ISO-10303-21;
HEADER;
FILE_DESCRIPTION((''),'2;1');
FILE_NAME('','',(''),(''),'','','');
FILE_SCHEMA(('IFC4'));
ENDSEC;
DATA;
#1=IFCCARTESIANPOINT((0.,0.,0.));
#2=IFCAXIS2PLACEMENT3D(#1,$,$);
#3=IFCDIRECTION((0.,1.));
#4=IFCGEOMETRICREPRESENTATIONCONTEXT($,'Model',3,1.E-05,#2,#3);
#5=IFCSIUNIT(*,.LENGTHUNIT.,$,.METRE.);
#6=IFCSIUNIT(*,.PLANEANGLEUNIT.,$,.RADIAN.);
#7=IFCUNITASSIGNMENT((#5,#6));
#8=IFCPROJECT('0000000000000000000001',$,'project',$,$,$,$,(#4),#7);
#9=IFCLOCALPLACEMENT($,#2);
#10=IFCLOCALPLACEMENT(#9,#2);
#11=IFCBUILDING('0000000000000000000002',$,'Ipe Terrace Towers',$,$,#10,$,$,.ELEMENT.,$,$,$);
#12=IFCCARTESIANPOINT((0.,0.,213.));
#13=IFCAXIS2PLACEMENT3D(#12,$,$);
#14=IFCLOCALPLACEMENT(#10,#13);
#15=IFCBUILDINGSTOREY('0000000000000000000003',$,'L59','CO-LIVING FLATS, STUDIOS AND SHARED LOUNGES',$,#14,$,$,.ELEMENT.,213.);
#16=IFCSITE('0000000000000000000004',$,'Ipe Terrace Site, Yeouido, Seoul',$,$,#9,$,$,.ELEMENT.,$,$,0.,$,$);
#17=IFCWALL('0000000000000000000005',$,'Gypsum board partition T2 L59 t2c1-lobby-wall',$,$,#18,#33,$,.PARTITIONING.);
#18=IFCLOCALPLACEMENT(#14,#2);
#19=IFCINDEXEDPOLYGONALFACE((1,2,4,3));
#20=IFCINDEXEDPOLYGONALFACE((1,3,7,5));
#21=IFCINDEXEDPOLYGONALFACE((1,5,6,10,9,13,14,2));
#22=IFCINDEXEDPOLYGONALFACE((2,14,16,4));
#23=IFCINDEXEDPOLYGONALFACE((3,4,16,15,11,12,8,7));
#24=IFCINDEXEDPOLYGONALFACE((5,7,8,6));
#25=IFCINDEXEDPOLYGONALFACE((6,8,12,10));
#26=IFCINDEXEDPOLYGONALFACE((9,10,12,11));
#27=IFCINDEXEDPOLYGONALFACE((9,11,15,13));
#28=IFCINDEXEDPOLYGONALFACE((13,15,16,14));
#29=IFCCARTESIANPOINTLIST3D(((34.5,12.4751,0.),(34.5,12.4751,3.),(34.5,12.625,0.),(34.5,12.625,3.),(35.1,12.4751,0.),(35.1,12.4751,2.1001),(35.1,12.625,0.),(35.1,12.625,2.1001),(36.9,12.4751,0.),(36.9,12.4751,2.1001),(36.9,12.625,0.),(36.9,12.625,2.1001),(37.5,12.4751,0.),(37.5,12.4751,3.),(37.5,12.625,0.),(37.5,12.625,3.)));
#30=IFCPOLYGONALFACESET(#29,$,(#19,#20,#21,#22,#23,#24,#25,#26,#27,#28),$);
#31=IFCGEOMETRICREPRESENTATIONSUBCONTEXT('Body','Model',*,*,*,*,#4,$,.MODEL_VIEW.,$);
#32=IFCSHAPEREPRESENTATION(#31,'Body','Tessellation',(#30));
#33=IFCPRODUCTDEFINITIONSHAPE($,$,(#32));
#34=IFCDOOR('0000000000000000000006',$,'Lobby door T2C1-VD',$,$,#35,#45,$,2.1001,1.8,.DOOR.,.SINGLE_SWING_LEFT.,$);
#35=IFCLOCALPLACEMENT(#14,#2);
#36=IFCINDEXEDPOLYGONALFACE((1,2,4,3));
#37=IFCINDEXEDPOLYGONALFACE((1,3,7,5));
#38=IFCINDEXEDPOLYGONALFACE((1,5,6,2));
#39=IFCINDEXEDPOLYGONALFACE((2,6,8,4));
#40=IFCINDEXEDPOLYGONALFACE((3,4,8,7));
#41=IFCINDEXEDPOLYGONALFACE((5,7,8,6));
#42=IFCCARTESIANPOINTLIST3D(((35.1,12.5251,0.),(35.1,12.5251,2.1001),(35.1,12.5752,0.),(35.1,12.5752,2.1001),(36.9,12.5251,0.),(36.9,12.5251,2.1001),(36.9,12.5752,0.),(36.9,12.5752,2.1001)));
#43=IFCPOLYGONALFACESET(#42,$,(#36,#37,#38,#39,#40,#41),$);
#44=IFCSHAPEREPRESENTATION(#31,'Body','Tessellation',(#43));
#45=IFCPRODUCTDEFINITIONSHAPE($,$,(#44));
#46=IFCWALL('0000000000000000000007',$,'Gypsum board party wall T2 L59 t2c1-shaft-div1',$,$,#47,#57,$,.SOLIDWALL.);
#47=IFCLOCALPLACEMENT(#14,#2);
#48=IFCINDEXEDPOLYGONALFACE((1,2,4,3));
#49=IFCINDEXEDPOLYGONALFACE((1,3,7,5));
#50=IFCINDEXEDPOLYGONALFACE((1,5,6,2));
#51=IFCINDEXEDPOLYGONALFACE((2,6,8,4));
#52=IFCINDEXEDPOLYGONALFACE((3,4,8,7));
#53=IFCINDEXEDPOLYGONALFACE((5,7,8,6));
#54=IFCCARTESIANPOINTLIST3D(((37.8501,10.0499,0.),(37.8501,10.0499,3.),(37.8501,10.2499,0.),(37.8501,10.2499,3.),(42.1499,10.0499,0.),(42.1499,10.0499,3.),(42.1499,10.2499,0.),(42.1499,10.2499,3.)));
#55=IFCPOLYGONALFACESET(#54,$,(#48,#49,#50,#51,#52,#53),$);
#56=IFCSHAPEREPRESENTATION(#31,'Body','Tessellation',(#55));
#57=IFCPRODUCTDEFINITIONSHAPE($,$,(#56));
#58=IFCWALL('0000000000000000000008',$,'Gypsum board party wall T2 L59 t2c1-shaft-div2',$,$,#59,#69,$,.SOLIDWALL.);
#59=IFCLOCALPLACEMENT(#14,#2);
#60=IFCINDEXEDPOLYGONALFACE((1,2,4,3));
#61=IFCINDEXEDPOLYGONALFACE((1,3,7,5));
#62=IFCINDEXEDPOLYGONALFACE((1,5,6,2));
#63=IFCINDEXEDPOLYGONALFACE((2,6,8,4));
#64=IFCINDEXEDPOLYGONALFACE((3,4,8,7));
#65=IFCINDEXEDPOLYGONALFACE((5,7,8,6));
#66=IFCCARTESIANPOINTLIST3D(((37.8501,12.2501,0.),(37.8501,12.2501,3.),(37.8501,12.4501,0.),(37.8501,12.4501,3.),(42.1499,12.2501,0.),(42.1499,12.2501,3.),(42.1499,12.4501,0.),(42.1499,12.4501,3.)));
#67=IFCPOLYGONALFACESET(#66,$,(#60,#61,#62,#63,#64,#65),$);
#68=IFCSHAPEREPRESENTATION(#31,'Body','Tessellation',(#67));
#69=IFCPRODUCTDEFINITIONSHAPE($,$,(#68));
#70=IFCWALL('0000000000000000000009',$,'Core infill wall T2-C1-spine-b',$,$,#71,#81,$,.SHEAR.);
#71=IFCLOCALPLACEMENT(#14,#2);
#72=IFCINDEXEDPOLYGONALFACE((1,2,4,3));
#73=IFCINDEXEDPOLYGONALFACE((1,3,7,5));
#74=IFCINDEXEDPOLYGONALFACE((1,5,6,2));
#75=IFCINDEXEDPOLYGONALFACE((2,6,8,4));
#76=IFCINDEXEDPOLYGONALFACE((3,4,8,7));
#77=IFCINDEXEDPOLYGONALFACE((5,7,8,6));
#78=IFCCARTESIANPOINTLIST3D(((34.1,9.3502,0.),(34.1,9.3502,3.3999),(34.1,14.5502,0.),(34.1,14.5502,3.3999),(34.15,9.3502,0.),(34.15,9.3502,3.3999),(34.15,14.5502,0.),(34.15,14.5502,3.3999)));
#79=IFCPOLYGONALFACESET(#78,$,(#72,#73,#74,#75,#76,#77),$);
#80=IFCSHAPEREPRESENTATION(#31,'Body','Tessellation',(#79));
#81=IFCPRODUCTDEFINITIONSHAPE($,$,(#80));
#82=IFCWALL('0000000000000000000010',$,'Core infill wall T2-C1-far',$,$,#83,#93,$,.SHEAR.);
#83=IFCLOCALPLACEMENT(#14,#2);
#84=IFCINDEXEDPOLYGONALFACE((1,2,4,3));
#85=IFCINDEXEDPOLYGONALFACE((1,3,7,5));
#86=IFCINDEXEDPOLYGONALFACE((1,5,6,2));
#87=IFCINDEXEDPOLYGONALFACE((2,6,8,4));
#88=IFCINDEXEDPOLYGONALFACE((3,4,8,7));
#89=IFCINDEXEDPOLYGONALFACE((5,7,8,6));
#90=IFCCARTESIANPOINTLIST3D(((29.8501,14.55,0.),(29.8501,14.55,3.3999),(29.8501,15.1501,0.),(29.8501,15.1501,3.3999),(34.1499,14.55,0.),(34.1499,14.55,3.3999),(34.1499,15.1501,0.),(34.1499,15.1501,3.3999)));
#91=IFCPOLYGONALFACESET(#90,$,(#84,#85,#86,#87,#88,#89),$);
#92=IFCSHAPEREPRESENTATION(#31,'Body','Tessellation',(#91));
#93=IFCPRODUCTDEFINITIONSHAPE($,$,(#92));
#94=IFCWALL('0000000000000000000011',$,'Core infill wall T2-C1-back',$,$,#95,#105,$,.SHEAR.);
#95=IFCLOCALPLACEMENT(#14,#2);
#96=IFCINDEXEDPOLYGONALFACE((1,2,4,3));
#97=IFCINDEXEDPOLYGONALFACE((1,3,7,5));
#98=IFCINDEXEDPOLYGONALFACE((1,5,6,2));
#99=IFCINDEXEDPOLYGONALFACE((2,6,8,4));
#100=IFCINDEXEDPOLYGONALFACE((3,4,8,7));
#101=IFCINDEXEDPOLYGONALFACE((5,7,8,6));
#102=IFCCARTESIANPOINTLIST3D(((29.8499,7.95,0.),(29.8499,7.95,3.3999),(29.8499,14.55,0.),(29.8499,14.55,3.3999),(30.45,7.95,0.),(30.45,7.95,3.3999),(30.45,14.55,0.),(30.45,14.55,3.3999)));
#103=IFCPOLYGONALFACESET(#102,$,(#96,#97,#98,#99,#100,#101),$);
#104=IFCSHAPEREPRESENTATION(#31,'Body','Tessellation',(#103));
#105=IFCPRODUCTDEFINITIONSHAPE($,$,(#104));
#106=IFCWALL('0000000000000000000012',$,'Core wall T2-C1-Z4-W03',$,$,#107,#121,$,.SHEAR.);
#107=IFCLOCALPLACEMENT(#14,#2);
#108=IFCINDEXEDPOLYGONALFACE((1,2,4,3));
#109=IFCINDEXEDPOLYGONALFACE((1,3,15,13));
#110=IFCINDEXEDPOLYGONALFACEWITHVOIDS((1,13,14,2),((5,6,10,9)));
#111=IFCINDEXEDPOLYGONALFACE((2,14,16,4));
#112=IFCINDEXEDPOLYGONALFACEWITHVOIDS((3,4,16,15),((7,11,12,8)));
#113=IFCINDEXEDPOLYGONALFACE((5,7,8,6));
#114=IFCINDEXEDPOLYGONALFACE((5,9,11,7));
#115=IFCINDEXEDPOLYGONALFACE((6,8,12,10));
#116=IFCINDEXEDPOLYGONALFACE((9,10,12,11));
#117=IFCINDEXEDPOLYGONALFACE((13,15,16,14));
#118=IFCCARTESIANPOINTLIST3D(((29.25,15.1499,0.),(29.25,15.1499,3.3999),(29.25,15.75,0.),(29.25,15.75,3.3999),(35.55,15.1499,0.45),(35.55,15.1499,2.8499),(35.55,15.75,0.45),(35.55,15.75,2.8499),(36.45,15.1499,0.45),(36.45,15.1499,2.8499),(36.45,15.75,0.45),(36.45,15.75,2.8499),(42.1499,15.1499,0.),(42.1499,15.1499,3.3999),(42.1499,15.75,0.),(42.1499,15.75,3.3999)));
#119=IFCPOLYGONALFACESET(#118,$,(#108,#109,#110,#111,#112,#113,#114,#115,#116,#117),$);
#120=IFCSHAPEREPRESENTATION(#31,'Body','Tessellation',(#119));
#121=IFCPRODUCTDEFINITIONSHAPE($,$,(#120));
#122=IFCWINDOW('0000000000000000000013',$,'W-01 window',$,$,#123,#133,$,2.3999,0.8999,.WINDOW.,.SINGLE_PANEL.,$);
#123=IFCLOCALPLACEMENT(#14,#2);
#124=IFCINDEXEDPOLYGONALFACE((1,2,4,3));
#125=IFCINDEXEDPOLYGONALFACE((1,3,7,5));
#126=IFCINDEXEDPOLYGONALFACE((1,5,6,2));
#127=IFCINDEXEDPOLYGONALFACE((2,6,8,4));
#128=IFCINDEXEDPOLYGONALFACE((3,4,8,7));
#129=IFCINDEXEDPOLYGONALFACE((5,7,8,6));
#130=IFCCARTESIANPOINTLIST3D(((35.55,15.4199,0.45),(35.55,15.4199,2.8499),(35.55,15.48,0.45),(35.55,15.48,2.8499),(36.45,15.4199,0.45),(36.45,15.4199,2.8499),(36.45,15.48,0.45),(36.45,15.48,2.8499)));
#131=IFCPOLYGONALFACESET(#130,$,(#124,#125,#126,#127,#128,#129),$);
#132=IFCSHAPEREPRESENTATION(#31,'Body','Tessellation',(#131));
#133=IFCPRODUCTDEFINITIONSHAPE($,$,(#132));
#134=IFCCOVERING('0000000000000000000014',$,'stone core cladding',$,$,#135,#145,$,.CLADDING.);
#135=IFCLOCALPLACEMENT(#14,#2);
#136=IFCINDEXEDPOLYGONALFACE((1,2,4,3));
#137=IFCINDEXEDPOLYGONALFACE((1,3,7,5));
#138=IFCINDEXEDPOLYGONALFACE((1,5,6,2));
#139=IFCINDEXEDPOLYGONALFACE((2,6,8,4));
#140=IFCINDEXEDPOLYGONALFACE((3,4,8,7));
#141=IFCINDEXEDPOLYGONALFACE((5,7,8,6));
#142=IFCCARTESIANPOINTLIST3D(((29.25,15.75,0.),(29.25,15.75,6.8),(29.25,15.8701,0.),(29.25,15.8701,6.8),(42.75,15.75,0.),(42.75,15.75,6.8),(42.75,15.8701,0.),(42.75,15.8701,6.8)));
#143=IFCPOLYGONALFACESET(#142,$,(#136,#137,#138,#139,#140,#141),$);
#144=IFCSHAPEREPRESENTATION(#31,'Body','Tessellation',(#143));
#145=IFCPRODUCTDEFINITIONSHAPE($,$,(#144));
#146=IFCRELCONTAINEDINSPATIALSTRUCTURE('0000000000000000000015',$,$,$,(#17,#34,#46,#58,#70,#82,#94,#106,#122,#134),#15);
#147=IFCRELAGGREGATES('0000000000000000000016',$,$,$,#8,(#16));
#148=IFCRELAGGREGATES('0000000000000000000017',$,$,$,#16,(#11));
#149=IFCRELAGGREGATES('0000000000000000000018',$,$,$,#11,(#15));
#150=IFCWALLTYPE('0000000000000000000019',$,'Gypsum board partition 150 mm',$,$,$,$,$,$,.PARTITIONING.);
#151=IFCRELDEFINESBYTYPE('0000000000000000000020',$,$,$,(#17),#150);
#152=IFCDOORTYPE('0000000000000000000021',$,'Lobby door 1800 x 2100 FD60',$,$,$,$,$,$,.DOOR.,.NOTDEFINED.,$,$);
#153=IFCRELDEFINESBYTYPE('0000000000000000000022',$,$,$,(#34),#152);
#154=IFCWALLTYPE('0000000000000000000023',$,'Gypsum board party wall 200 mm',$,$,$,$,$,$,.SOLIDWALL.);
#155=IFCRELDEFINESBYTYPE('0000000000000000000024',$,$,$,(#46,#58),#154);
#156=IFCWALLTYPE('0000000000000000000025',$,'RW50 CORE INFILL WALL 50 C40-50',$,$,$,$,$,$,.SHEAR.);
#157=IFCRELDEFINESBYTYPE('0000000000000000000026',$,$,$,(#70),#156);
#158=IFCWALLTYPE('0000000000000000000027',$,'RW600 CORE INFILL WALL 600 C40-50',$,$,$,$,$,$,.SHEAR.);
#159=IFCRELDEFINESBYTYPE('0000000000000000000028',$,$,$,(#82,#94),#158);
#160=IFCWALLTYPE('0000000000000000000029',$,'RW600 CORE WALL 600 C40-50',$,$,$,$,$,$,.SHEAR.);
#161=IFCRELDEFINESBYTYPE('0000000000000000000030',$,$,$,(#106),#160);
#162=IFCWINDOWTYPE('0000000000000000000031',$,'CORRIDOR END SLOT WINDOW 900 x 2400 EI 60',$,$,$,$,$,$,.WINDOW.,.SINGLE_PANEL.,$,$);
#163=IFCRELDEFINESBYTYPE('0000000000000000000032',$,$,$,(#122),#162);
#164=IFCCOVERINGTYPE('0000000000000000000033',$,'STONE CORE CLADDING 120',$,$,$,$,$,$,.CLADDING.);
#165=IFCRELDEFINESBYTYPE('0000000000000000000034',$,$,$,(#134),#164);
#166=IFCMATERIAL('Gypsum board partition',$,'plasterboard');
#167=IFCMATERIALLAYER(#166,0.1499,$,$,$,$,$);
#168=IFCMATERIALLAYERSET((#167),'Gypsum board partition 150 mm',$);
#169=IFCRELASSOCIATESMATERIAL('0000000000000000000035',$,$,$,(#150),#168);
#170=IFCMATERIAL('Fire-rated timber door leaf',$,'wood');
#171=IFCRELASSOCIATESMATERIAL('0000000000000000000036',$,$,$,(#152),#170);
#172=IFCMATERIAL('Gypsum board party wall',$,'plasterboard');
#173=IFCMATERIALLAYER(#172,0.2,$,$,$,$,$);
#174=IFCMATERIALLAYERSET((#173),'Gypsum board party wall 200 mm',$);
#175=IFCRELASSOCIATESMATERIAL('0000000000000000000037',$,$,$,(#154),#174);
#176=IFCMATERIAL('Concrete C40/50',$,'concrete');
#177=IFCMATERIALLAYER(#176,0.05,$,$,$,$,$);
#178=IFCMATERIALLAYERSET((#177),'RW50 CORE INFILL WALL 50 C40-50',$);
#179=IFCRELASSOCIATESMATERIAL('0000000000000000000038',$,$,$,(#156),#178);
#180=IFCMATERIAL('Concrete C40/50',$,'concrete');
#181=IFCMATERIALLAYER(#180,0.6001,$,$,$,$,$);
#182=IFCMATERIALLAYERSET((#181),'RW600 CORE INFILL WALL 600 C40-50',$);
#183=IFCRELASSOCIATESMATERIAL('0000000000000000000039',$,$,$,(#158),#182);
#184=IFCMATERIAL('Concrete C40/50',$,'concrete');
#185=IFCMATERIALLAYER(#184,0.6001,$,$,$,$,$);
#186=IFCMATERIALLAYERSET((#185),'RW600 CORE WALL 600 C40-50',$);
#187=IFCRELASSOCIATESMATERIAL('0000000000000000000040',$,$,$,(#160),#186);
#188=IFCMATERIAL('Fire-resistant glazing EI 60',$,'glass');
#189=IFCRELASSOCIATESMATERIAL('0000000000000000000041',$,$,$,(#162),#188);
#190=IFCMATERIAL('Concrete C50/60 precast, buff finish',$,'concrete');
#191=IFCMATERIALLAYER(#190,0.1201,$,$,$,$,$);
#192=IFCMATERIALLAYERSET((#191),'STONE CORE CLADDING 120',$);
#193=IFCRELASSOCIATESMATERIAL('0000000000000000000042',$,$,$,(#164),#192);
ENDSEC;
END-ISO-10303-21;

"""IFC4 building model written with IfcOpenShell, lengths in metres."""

from ifc_helpers import new_model, si_unit, direction, frame, frame_2d, origin, origin_2d, place, context, subcontext, project, spatial, rectangle, extrude, material, layer, layer_set, type_object, element, fill, save


model = new_model("IFC4")

# Units and contexts
model_context = context("Model", 3, precision=1e-05, world=origin(), true_north=direction((0.0, 1.0)))
body_context = subcontext(model_context, "Body", "Model", "MODEL_VIEW")
ifc_project = project(units=[si_unit("LENGTHUNIT", "METRE"), si_unit("PLANEANGLEUNIT", "RADIAN")], contexts=[model_context])

# Site, building, storey
site_placement = place(None, origin())
site = spatial("IfcSite", under=ifc_project, at=site_placement, Name="Ipe Terrace Site, Yeouido, Seoul", CompositionType="ELEMENT", RefElevation=0.0)
building_placement = place(site_placement, origin())
building = spatial("IfcBuilding", under=site, at=building_placement, Name="Ipe Terrace Towers", CompositionType="ELEMENT")
storey_placement = place(building_placement, frame((0.0, 0.0, 213.0)))
storey = spatial("IfcBuildingStorey", under=building, at=storey_placement, Name="L59", Description="CO-LIVING FLATS, STUDIOS AND SHARED LOUNGES", CompositionType="ELEMENT", Elevation=213.0)

# Wall, opening, door
ifc_material_1 = material(Name="Gypsum board partition", Category="plasterboard")
ifc_layer_1 = layer(ifc_material_1, 0.1499)
ifc_layer_set_1 = layer_set([ifc_layer_1], Name="Gypsum board partition 150 mm")
wall_type_1 = type_object("IfcWallType", Name="Gypsum board partition 150 mm", PredefinedType="PARTITIONING", material=ifc_layer_set_1)
wall_1_placement = place(storey_placement, frame((37.5, 12.55, 0.0), z_axis=(0.0, 0.0, 1.0), x_axis=(-1.0, 0.0, 0.0)))
wall_1 = element("IfcWall", 1, at=wall_1_placement, inside=storey, type_object=wall_type_1, Name="Gypsum board partition T2 L59 t2c1-lobby-wall", PredefinedType="PARTITIONING", context=body_context, shape_type="SweptSolid", body=[
    extrude(rectangle(XDim=3.0, YDim=0.1499, at=frame_2d((1.5, 0.0))), origin(), (0.0, 0.0, 1.0), 3.0),
])
opening_1_placement = place(wall_1_placement, frame((0.6001, 0.0, 0.0)))
opening_1 = element("IfcOpeningElement", 2, at=opening_1_placement, cuts=wall_1, PredefinedType="OPENING", context=body_context, shape_type="SweptSolid", body=[
    extrude(rectangle(XDim=1.8, YDim=2.1001, at=frame_2d((0.8999, 1.05))), frame((0.0, 0.085, 0.0), z_axis=(0.0, -1.0, 0.0), x_axis=(1.0, 0.0, 0.0)), (0.0, 0.0, 1.0), 0.1699),
])
ifc_material_2 = material(Name="Fire-rated timber door leaf", Category="wood")
door_type = type_object("IfcDoorType", Name="Lobby door 1800 x 2100 FD60", OperationType="NOTDEFINED", PredefinedType="DOOR", material=ifc_material_2)
door_placement = place(opening_1_placement, origin())
door = element("IfcDoor", 3, at=door_placement, inside=storey, type_object=door_type, Name="Lobby door T2C1-VD", OperationType="SINGLE_SWING_LEFT", OverallHeight=2.1001, OverallWidth=1.8, PredefinedType="DOOR", context=body_context, shape_type="SweptSolid", body=[
    extrude(rectangle(XDim=1.8, YDim=2.1001, at=frame_2d((0.8999, 1.05))), frame((0.0, 0.0249, 0.0), z_axis=(0.0, -1.0, 0.0), x_axis=(1.0, 0.0, 0.0)), (0.0, 0.0, 1.0), 0.05),
])
fill(opening_1, door)

# Walls
ifc_material_3 = material(Name="Gypsum board party wall", Category="plasterboard")
ifc_layer_2 = layer(ifc_material_3, 0.2)
ifc_layer_set_2 = layer_set([ifc_layer_2], Name="Gypsum board party wall 200 mm")
wall_type_2 = type_object("IfcWallType", Name="Gypsum board party wall 200 mm", PredefinedType="SOLIDWALL", material=ifc_layer_set_2)
for number, where, z_axis, x_axis, name in (
    (4, (42.1499, 10.1499, 0.0), (0.0, 0.0, 1.0), (-1.0, 0.0, 0.0), "Gypsum board party wall T2 L59 t2c1-shaft-div1"),
    (5, (42.1499, 12.3501, 0.0), (0.0, 0.0, 1.0), (-1.0, 0.0, 0.0), "Gypsum board party wall T2 L59 t2c1-shaft-div2"),
):
    element("IfcWall", number, at=place(storey_placement, frame(where, z_axis=z_axis, x_axis=x_axis)), inside=storey, type_object=wall_type_2, Name=name, PredefinedType="SOLIDWALL", context=body_context, shape_type="SweptSolid", body=[
        extrude(rectangle(XDim=4.2998, YDim=0.2, at=frame_2d((2.1499, 0.0))), origin(), (0.0, 0.0, 1.0), 3.0),
    ])
ifc_material_4 = material(Name="Concrete C40/50", Category="concrete")
ifc_layer_3 = layer(ifc_material_4, 0.05)
ifc_layer_set_3 = layer_set([ifc_layer_3], Name="RW50 CORE INFILL WALL 50 C40-50")
wall_type_3 = type_object("IfcWallType", Name="RW50 CORE INFILL WALL 50 C40-50", PredefinedType="SHEAR", material=ifc_layer_set_3)
wall_2_placement = place(storey_placement, frame((34.125, 9.3501, 0.0), z_axis=(0.0, 0.0, 1.0), x_axis=(0.0, 1.0, 0.0)))
element("IfcWall", 6, at=wall_2_placement, inside=storey, type_object=wall_type_3, Name="Core infill wall T2-C1-spine-b", PredefinedType="SHEAR", context=body_context, shape_type="SweptSolid", body=[
    extrude(rectangle(XDim=5.2, YDim=0.05, at=frame_2d((2.6001, 0.0))), origin(), (0.0, 0.0, 1.0), 3.3999),
])
ifc_material_5 = material(Name="Concrete C40/50", Category="concrete")
ifc_layer_4 = layer(ifc_material_5, 0.6001)
ifc_layer_set_4 = layer_set([ifc_layer_4], Name="RW600 CORE INFILL WALL 600 C40-50")
wall_type_4 = type_object("IfcWallType", Name="RW600 CORE INFILL WALL 600 C40-50", PredefinedType="SHEAR", material=ifc_layer_set_4)
wall_3_placement = place(storey_placement, frame((34.1499, 14.8501, 0.0), z_axis=(0.0, 0.0, 1.0), x_axis=(-1.0, 0.0, 0.0)))
element("IfcWall", 7, at=wall_3_placement, inside=storey, type_object=wall_type_4, Name="Core infill wall T2-C1-far", PredefinedType="SHEAR", context=body_context, shape_type="SweptSolid", body=[
    extrude(rectangle(XDim=4.2998, YDim=0.6001, at=frame_2d((2.1499, 0.0))), origin(), (0.0, 0.0, 1.0), 3.3999),
])
wall_4_placement = place(storey_placement, frame((30.1499, 7.95, 0.0), z_axis=(0.0, 0.0, 1.0), x_axis=(0.0, 1.0, 0.0)))
element("IfcWall", 8, at=wall_4_placement, inside=storey, type_object=wall_type_4, Name="Core infill wall T2-C1-back", PredefinedType="SHEAR", context=body_context, shape_type="SweptSolid", body=[
    extrude(rectangle(XDim=6.6001, YDim=0.6001, at=frame_2d((3.3, 0.0))), origin(), (0.0, 0.0, 1.0), 3.3999),
])

# Wall, opening, window
ifc_material_6 = material(Name="Concrete C40/50", Category="concrete")
ifc_layer_5 = layer(ifc_material_6, 0.6001)
ifc_layer_set_5 = layer_set([ifc_layer_5], Name="RW600 CORE WALL 600 C40-50")
wall_type_5 = type_object("IfcWallType", Name="RW600 CORE WALL 600 C40-50", PredefinedType="SHEAR", material=ifc_layer_set_5)
wall_5_placement = place(storey_placement, frame((42.1499, 15.45, 0.0), z_axis=(0.0, 0.0, 1.0), x_axis=(-1.0, 0.0, 0.0)))
wall_5 = element("IfcWall", 9, at=wall_5_placement, inside=storey, type_object=wall_type_5, Name="Core wall T2-C1-Z4-W03", PredefinedType="SHEAR", context=body_context, shape_type="SweptSolid", body=[
    extrude(rectangle(XDim=12.8999, YDim=0.6001, at=frame_2d((6.45, 0.0))), origin(), (0.0, 0.0, 1.0), 3.3999),
])
opening_2_placement = place(wall_5_placement, frame((5.7, 0.0, 0.45)))
opening_2 = element("IfcOpeningElement", 10, at=opening_2_placement, cuts=wall_5, PredefinedType="OPENING", context=body_context, shape_type="SweptSolid", body=[
    extrude(rectangle(XDim=0.8999, YDim=2.3999, at=frame_2d((0.45, 1.2))), frame((0.0, 0.3101, 0.0), z_axis=(0.0, -1.0, 0.0), x_axis=(1.0, 0.0, 0.0)), (0.0, 0.0, 1.0), 0.6201),
])
ifc_material_7 = material(Name="Fire-resistant glazing EI 60", Category="glass")
window_type = type_object("IfcWindowType", Name="CORRIDOR END SLOT WINDOW 900 x 2400 EI 60", PartitioningType="SINGLE_PANEL", PredefinedType="WINDOW", material=ifc_material_7)
window_placement = place(opening_2_placement, origin())
window = element("IfcWindow", 11, at=window_placement, inside=storey, type_object=window_type, Name="W-01 window", OverallHeight=2.3999, OverallWidth=0.8999, PartitioningType="SINGLE_PANEL", PredefinedType="WINDOW", context=body_context, shape_type="SweptSolid", body=[
    extrude(rectangle(XDim=0.8999, YDim=2.3999, at=frame_2d((0.45, 1.2))), frame((0.0, 0.03, 0.0), z_axis=(0.0, -1.0, 0.0), x_axis=(1.0, 0.0, 0.0)), (0.0, 0.0, 1.0), 0.0601),
])
fill(opening_2, window)

# Covering
ifc_material_8 = material(Name="Concrete C50/60 precast, buff finish", Category="concrete")
ifc_layer_6 = layer(ifc_material_8, 0.1201)
ifc_layer_set_6 = layer_set([ifc_layer_6], Name="STONE CORE CLADDING 120")
covering_type = type_object("IfcCoveringType", Name="STONE CORE CLADDING 120", PredefinedType="CLADDING", material=ifc_layer_set_6)
covering_placement = place(storey_placement, frame((36.0, 15.8101, 0.0), z_axis=(0.0, 0.0, 1.0), x_axis=(-1.0, 0.0, 0.0)))
element("IfcCovering", 12, at=covering_placement, inside=storey, type_object=covering_type, Name="stone core cladding", PredefinedType="CLADDING", context=body_context, shape_type="SweptSolid", body=[
    extrude(rectangle(XDim=13.5, YDim=0.1201, at=origin_2d()), origin(), (0.0, 0.0, 1.0), 6.8),
])

save(model, "model.ifc")
